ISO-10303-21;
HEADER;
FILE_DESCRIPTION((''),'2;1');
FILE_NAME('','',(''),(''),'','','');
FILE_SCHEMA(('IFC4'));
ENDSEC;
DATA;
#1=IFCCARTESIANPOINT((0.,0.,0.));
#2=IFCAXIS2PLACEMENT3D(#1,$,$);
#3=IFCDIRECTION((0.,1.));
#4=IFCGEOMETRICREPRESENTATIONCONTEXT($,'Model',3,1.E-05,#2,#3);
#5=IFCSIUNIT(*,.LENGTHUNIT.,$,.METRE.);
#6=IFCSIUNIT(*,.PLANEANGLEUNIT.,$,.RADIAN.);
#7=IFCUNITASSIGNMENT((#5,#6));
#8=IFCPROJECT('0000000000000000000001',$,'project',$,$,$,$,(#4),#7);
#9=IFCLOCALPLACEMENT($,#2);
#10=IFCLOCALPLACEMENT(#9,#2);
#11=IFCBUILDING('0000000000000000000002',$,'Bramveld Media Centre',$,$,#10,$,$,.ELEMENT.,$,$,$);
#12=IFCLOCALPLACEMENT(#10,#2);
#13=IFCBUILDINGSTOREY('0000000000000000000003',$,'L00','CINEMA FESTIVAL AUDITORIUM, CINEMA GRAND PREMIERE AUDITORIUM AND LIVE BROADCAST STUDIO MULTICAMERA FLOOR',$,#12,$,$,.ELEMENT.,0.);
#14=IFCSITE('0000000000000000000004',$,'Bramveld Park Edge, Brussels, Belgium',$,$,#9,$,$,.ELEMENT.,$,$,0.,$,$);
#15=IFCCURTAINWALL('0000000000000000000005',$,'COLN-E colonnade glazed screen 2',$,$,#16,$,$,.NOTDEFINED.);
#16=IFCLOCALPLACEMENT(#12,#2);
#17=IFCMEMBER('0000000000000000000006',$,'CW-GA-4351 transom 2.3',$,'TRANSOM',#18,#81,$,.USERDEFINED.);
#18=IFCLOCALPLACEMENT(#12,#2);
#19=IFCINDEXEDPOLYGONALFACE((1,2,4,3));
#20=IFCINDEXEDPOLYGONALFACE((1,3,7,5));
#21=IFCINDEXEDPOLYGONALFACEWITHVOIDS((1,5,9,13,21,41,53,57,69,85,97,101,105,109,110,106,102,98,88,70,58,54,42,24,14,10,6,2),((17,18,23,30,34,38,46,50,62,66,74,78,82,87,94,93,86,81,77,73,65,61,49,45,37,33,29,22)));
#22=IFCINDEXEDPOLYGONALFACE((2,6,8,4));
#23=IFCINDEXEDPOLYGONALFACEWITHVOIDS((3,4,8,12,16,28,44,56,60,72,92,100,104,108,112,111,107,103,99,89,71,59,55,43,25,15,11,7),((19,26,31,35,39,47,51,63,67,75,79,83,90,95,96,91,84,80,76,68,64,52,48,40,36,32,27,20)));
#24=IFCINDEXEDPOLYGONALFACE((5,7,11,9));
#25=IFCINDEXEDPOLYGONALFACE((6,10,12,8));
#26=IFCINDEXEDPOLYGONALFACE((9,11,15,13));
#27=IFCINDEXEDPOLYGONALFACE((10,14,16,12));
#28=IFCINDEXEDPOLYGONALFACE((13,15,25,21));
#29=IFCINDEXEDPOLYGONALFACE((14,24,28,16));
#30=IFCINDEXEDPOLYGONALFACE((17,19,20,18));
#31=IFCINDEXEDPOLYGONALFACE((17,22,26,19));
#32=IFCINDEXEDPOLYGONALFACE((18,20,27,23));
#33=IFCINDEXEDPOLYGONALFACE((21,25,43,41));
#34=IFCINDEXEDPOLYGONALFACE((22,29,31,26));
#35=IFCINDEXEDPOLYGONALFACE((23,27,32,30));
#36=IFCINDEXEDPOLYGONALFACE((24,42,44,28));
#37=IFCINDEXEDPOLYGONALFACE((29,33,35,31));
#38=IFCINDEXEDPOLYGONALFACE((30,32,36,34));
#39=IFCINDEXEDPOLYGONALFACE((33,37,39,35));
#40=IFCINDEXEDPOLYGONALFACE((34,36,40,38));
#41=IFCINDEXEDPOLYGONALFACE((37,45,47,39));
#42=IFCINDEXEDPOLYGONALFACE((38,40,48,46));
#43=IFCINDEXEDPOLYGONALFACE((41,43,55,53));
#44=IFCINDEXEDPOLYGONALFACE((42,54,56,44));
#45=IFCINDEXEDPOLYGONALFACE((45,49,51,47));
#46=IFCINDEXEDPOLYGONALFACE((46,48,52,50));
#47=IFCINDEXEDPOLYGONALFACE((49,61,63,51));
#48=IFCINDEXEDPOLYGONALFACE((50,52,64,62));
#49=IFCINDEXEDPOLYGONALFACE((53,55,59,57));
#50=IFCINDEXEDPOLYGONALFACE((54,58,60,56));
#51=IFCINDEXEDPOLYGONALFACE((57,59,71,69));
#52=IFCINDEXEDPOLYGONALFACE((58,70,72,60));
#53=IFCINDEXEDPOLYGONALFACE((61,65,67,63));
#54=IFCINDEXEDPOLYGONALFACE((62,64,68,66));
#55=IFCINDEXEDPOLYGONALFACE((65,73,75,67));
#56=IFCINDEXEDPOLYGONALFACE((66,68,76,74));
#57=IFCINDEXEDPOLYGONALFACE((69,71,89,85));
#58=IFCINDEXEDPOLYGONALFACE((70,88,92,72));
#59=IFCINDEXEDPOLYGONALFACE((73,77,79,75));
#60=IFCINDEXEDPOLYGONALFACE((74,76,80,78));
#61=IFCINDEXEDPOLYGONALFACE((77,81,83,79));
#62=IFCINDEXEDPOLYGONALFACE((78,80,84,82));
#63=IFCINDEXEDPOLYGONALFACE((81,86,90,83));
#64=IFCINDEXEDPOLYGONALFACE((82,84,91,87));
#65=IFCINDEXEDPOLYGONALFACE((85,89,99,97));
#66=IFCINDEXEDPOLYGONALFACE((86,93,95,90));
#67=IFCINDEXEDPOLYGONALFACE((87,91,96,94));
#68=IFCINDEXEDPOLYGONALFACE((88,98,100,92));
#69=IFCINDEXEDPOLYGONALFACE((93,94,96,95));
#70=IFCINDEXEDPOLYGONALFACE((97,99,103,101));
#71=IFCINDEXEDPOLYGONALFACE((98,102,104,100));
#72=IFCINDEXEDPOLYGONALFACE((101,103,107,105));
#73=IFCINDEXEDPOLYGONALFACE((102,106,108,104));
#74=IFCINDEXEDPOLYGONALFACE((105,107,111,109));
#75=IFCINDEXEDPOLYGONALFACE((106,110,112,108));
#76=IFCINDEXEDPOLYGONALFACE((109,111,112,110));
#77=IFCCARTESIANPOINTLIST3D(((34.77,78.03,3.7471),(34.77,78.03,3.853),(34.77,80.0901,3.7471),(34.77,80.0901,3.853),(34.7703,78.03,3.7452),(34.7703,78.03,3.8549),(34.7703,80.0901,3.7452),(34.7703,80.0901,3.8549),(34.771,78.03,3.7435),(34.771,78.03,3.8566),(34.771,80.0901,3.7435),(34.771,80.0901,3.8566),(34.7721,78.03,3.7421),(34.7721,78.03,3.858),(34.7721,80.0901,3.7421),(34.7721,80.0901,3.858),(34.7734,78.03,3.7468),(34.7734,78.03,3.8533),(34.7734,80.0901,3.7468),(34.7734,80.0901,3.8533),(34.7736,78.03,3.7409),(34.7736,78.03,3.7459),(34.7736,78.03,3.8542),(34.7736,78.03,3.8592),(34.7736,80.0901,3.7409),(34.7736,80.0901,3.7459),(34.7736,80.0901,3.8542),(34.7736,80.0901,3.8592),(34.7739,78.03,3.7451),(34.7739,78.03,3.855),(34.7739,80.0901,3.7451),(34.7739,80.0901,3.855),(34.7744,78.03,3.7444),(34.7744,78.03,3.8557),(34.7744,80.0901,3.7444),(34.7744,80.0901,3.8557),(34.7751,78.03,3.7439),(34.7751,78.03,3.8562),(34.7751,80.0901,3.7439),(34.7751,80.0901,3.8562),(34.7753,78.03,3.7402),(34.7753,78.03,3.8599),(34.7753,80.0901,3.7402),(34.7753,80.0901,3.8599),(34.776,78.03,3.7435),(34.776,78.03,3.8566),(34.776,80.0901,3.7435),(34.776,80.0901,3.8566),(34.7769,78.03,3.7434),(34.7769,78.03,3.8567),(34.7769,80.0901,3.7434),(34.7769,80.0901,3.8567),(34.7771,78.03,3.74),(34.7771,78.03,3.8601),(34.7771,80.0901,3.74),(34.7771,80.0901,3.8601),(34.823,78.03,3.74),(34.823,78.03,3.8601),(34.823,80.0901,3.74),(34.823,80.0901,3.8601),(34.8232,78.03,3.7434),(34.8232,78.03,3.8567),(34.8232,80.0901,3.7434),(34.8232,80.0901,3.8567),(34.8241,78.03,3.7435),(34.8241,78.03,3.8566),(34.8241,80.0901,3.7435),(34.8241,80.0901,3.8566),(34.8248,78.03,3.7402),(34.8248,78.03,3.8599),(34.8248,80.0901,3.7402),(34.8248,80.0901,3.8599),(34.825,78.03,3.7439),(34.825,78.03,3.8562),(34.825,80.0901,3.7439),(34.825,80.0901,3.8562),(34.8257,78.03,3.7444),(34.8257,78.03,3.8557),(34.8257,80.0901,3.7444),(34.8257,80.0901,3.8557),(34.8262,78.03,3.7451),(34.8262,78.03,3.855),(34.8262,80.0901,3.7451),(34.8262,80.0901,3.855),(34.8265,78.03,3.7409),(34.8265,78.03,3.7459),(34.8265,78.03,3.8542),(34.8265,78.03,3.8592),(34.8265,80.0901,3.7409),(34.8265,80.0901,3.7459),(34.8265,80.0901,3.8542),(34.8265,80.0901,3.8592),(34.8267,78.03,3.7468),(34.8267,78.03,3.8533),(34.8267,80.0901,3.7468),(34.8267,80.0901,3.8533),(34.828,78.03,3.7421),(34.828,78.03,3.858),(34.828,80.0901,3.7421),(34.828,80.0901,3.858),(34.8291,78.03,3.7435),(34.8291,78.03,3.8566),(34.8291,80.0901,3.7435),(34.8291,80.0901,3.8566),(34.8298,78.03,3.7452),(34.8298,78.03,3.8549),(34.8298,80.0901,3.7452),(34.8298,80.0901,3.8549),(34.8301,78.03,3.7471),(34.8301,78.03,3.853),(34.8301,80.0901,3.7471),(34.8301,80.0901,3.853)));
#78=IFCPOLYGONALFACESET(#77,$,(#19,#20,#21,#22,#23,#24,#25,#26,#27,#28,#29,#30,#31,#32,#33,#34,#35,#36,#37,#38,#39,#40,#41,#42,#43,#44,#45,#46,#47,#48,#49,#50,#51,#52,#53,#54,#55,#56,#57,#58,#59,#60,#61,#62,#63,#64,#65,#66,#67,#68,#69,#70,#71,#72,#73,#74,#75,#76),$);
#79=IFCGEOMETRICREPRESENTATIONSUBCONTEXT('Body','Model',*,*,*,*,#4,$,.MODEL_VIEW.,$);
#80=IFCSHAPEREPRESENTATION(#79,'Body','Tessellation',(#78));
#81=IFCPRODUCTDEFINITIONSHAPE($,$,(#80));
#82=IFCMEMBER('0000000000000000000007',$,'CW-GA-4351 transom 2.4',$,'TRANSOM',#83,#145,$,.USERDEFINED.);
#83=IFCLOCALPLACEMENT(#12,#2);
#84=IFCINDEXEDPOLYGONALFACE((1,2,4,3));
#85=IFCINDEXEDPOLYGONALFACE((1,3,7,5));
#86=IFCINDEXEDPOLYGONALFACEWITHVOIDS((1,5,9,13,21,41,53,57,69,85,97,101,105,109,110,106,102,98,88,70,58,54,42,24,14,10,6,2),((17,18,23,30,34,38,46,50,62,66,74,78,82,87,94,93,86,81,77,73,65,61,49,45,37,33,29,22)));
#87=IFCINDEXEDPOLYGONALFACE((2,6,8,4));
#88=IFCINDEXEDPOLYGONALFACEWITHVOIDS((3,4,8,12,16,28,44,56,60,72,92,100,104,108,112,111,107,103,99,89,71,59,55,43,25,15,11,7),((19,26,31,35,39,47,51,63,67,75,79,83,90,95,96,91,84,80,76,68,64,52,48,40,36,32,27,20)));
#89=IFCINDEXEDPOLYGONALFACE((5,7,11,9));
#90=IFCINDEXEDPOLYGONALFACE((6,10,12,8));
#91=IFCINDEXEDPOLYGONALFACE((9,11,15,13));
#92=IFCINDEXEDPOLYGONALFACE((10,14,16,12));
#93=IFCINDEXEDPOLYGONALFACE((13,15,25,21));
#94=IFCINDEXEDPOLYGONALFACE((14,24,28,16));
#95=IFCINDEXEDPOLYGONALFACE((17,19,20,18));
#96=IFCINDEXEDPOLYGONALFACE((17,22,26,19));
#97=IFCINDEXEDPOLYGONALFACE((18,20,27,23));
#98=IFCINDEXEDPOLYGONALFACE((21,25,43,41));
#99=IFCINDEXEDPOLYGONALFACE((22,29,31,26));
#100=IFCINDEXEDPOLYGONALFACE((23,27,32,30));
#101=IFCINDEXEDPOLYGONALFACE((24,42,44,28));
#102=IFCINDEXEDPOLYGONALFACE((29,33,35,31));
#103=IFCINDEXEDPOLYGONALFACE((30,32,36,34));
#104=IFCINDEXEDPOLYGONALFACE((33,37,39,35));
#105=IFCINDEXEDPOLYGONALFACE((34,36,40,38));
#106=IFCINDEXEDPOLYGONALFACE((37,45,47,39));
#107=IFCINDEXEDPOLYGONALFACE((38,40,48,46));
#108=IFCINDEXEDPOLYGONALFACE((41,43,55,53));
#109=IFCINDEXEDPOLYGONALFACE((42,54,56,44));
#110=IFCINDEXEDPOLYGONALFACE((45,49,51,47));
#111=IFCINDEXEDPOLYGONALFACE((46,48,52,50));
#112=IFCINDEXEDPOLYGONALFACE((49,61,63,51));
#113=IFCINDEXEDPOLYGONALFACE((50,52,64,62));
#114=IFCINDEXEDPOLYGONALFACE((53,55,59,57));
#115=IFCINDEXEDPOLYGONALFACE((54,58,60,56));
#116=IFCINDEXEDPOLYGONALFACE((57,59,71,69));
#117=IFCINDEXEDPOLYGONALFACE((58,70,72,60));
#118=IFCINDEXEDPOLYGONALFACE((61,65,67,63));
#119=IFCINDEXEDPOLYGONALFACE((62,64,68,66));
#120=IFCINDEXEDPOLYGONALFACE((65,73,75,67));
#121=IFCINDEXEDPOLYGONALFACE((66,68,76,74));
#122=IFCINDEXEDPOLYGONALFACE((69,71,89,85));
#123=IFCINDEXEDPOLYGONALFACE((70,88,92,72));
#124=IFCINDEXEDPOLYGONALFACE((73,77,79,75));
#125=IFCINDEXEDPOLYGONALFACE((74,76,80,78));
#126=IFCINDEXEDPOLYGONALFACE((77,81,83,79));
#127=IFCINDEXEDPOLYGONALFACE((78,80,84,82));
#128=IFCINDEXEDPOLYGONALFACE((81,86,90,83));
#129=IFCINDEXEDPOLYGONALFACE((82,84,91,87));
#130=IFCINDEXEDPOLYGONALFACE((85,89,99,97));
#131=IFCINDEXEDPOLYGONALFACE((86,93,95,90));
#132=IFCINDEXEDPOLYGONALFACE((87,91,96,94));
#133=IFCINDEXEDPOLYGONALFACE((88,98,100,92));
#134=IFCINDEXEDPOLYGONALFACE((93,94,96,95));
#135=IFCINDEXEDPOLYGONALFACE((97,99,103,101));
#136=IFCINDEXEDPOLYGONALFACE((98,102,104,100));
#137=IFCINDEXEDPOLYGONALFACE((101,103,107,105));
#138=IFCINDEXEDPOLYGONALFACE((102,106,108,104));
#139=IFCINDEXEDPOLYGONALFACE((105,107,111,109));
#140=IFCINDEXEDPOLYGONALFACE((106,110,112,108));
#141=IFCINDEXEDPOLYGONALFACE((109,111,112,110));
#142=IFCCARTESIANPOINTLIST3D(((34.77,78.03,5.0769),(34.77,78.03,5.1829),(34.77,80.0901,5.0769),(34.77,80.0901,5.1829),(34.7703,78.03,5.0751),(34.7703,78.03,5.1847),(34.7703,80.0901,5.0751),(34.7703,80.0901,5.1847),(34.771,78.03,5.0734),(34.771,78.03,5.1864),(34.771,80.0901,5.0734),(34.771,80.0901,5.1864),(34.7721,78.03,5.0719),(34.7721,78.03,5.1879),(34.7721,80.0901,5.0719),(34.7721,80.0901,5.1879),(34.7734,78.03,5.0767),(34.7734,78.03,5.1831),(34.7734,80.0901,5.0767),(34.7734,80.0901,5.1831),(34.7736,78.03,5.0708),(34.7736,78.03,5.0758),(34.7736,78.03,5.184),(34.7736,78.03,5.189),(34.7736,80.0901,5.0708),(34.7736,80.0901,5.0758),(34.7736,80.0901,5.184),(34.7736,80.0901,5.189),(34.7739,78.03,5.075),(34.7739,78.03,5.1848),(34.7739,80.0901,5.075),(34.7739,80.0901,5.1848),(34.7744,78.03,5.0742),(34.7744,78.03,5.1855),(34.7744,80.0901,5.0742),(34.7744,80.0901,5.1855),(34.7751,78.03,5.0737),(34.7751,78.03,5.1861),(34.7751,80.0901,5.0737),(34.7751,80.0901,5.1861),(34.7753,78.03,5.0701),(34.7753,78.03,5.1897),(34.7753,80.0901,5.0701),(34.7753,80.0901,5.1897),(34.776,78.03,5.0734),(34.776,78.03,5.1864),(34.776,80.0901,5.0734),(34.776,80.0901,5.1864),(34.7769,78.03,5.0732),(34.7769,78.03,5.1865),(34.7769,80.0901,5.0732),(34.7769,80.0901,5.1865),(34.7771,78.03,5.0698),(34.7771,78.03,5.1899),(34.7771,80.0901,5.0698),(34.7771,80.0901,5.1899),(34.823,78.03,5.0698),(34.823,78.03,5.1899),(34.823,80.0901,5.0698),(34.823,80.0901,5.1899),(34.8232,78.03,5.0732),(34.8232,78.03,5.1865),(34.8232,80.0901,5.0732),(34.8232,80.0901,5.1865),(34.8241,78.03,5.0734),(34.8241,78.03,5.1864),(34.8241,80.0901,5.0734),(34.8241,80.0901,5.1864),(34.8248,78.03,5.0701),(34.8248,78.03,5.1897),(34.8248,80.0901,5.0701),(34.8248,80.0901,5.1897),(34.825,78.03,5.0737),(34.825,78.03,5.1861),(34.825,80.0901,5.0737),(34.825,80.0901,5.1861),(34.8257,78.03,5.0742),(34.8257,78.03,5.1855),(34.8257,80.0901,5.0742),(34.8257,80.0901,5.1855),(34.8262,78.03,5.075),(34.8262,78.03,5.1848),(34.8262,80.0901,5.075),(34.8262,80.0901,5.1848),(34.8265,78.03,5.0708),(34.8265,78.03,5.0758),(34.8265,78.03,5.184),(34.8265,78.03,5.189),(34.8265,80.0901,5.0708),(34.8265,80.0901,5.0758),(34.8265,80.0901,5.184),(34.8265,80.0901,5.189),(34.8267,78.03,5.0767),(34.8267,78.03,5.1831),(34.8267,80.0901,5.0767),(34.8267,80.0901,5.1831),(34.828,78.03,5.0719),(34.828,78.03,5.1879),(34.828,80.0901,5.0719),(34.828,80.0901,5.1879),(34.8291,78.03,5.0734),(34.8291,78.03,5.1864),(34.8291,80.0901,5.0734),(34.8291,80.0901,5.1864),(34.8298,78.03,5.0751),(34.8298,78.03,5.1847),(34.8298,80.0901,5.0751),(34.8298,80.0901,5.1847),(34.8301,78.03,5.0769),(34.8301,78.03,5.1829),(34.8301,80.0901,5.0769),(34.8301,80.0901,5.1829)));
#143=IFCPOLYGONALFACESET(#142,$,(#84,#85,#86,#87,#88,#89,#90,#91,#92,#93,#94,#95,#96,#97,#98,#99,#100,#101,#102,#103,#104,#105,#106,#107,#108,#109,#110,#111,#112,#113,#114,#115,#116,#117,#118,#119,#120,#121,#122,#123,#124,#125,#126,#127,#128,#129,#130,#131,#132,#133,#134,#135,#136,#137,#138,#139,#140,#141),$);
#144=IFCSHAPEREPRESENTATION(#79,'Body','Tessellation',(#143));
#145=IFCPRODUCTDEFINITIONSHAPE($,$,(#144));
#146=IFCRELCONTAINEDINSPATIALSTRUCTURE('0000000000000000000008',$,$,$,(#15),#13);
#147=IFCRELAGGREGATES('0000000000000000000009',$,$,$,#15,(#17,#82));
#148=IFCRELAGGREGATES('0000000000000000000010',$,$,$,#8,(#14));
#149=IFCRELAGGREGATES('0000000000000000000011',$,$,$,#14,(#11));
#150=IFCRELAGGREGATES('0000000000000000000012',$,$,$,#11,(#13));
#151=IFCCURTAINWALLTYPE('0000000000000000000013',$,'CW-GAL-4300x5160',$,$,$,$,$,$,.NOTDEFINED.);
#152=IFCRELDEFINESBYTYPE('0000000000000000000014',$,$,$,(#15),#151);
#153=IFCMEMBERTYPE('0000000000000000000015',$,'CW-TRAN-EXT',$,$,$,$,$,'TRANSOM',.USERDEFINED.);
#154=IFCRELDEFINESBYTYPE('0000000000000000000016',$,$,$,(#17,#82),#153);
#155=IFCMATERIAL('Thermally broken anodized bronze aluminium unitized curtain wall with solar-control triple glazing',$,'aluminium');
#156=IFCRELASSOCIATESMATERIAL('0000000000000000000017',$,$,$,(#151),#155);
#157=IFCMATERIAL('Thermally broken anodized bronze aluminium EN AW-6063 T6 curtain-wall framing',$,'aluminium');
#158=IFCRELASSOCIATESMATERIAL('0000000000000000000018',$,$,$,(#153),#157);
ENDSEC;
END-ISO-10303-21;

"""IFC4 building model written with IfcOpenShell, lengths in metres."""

from ifc_helpers import new_model, si_unit, direction, frame, origin, origin_2d, place, context, subcontext, project, spatial, hollow_rectangle, extrude, material, material_profile, profile_set, type_object, element, aggregate, save


model = new_model("IFC4")

# Units and contexts
model_context = context("Model", 3, precision=1e-05, world=origin(), true_north=direction((0.0, 1.0)))
body_context = subcontext(model_context, "Body", "Model", "MODEL_VIEW")
ifc_project = project(units=[si_unit("LENGTHUNIT", "METRE"), si_unit("PLANEANGLEUNIT", "RADIAN")], contexts=[model_context])

# Site, building, storey
site_placement = place(None, origin())
site = spatial("IfcSite", under=ifc_project, at=site_placement, Name="Bramveld Park Edge, Brussels, Belgium", CompositionType="ELEMENT", RefElevation=0.0)
building_placement = place(site_placement, origin())
building = spatial("IfcBuilding", under=site, at=building_placement, Name="Bramveld Media Centre", CompositionType="ELEMENT")
storey_placement = place(building_placement, origin())
storey = spatial("IfcBuildingStorey", under=building, at=storey_placement, Name="L00", Description="CINEMA FESTIVAL AUDITORIUM, CINEMA GRAND PREMIERE AUDITORIUM AND LIVE BROADCAST STUDIO MULTICAMERA FLOOR", CompositionType="ELEMENT", Elevation=0.0)

# Curtain wall
ifc_material_1 = material(Name="Thermally broken anodized bronze aluminium unitized curtain wall with solar-control triple glazing", Category="aluminium")
curtain_wall_type_1 = type_object("IfcCurtainWallType", Name="CW-GAL-4300x5160", PredefinedType="NOTDEFINED", material=ifc_material_1)
curtain_wall_1_placement = place(storey_placement, origin())
curtain_wall_1 = element("IfcCurtainWall", 1, at=curtain_wall_1_placement, inside=storey, type_object=curtain_wall_type_1, Name="COLN-E colonnade glazed screen 2", PredefinedType="NOTDEFINED")

# Members
ifc_material_2 = material(Name="Thermally broken anodized bronze aluminium EN AW-6063 T6 curtain-wall framing", Category="aluminium")
ifc_material_profile_1 = material_profile(ifc_material_2, hollow_rectangle(XDim=0.0601, YDim=0.1201, WallThickness=0.0034, InnerFilletRadius=0.0034, OuterFilletRadius=0.0071, at=origin_2d()), Name="AL-TRAN 60x120")
ifc_profile_set_1 = profile_set([ifc_material_profile_1], Name="Thermally broken anodized bronze aluminium EN AW-6063 T6 curtain-wall framing")
member_type_1 = type_object("IfcMemberType", Name="CW-TRAN-EXT", ElementType="TRANSOM", PredefinedType="USERDEFINED", material=ifc_profile_set_1)
member_1_placement = place(storey_placement, frame((34.8, 78.03, 3.8), z_axis=(0.0, 1.0, 0.0), x_axis=(-1.0, 0.0, 0.0)))
member_1 = element("IfcMember", 2, at=member_1_placement, type_object=member_type_1, Name="CW-GA-4351 transom 2.3", ObjectType="TRANSOM", PredefinedType="USERDEFINED", context=body_context, shape_type="SweptSolid", body=[
    extrude(hollow_rectangle(XDim=0.0601, YDim=0.1201, WallThickness=0.0034, InnerFilletRadius=0.0034, OuterFilletRadius=0.0071, at=origin_2d()), origin(), (0.0, 0.0, 1.0), 2.0601),
])
member_2_placement = place(storey_placement, frame((34.8, 78.03, 5.1299), z_axis=(0.0, 1.0, 0.0), x_axis=(-1.0, 0.0, 0.0)))
member_2 = element("IfcMember", 3, at=member_2_placement, type_object=member_type_1, Name="CW-GA-4351 transom 2.4", ObjectType="TRANSOM", PredefinedType="USERDEFINED", context=body_context, shape_type="SweptSolid", body=[
    extrude(hollow_rectangle(XDim=0.0601, YDim=0.1201, WallThickness=0.0034, InnerFilletRadius=0.0034, OuterFilletRadius=0.0071, at=origin_2d()), origin(), (0.0, 0.0, 1.0), 2.0601),
])

aggregate(curtain_wall_1, [member_1, member_2])

save(model, "model.ifc")
